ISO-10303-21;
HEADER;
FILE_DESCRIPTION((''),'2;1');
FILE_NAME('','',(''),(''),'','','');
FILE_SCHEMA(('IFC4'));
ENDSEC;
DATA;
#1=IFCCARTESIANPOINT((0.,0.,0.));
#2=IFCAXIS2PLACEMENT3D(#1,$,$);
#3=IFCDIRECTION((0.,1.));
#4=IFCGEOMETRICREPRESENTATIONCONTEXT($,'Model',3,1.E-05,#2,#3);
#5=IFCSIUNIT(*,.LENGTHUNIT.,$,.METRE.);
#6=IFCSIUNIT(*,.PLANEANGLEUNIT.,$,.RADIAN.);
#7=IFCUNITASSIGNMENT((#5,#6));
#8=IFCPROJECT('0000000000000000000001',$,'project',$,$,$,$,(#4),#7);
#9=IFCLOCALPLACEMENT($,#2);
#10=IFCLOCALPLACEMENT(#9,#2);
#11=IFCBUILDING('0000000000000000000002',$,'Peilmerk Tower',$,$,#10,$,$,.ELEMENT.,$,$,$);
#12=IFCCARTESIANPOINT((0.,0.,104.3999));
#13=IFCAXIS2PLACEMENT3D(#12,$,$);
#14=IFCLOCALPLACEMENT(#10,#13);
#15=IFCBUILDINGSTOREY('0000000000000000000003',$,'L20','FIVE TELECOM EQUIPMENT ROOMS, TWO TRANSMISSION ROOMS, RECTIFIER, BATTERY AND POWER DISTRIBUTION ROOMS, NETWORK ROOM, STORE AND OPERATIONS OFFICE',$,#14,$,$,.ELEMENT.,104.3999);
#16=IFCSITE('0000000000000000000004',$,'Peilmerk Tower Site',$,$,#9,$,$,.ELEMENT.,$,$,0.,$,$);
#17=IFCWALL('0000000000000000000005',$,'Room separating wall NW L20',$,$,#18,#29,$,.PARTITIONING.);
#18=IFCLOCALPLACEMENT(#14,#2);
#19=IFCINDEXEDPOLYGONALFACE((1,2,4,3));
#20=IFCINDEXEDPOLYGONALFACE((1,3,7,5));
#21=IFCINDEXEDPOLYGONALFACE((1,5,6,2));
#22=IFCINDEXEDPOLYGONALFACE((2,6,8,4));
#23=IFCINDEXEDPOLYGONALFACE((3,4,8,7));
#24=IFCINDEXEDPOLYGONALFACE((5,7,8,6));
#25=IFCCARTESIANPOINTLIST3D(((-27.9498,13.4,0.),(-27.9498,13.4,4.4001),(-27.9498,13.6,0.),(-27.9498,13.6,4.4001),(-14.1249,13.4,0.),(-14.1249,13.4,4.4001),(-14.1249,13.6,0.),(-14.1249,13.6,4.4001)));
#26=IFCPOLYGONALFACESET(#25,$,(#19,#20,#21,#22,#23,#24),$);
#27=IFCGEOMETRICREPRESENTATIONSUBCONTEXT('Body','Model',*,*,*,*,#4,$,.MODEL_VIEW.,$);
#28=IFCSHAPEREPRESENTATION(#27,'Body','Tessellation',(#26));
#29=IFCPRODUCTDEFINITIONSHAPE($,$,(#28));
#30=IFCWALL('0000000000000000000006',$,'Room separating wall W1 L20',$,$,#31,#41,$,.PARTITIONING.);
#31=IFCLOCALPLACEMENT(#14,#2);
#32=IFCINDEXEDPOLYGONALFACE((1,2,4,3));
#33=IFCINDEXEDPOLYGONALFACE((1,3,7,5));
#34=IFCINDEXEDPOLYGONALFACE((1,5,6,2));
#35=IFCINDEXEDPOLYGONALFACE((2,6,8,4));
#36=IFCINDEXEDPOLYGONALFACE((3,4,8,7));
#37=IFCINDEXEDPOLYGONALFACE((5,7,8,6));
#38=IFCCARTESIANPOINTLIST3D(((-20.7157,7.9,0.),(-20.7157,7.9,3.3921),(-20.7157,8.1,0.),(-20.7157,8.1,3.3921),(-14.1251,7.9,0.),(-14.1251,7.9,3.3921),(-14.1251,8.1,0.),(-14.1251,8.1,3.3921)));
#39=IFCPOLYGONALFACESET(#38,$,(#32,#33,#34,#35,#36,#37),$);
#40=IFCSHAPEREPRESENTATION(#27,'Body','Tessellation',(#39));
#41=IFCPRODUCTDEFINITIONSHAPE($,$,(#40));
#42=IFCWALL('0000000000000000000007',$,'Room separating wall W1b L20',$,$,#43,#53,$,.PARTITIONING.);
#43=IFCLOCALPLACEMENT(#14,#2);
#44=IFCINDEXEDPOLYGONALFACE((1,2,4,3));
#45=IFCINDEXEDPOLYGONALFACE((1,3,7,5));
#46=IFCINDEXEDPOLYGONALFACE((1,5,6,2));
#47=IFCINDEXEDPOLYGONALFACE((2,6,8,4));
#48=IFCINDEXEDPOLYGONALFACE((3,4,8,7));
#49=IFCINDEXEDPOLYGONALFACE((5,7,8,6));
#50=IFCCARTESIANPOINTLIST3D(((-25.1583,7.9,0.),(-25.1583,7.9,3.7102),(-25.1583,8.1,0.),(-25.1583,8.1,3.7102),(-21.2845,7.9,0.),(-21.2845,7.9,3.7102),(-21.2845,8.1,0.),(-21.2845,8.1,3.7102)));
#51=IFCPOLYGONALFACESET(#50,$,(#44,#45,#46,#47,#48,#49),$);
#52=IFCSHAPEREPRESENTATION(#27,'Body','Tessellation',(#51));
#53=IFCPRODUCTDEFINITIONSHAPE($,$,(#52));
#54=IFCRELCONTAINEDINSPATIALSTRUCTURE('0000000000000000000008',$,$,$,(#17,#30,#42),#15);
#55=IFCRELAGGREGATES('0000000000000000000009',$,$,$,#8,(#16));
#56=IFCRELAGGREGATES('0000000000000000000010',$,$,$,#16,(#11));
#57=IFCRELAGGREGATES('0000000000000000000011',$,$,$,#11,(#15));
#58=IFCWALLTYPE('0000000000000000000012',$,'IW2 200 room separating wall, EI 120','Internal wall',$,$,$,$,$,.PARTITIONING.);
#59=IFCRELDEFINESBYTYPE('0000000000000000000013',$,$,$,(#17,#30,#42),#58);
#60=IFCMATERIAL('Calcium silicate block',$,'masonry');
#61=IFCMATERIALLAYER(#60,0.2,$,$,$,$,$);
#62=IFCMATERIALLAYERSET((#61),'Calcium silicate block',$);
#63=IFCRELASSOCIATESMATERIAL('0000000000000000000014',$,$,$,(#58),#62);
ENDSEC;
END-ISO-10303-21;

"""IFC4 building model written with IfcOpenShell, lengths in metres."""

from ifc_helpers import new_model, si_unit, direction, frame, frame_2d, origin, place, context, subcontext, project, spatial, rectangle, extrude, material, layer, layer_set, type_object, element, save


model = new_model("IFC4")

# Units and contexts
model_context = context("Model", 3, precision=1e-05, world=origin(), true_north=direction((0.0, 1.0)))
body_context = subcontext(model_context, "Body", "Model", "MODEL_VIEW")
ifc_project = project(units=[si_unit("LENGTHUNIT", "METRE"), si_unit("PLANEANGLEUNIT", "RADIAN")], contexts=[model_context])

# Site, building, storey
site_placement = place(None, origin())
site = spatial("IfcSite", under=ifc_project, at=site_placement, Name="Peilmerk Tower Site", CompositionType="ELEMENT", RefElevation=0.0)
building_placement = place(site_placement, origin())
building = spatial("IfcBuilding", under=site, at=building_placement, Name="Peilmerk Tower", CompositionType="ELEMENT")
storey_placement = place(building_placement, frame((0.0, 0.0, 104.3999)))
storey = spatial("IfcBuildingStorey", under=building, at=storey_placement, Name="L20", Description="FIVE TELECOM EQUIPMENT ROOMS, TWO TRANSMISSION ROOMS, RECTIFIER, BATTERY AND POWER DISTRIBUTION ROOMS, NETWORK ROOM, STORE AND OPERATIONS OFFICE", CompositionType="ELEMENT", Elevation=104.3999)

# Shared definitions
ifc_material_1 = material(Name="Calcium silicate block", Category="masonry")

# Walls
ifc_layer_1 = layer(ifc_material_1, 0.2)
ifc_layer_set_1 = layer_set([ifc_layer_1], Name="Calcium silicate block")
wall_type_1 = type_object("IfcWallType", Name="IW2 200 room separating wall, EI 120", Description="Internal wall", PredefinedType="PARTITIONING", material=ifc_layer_set_1)
wall_1_placement = place(storey_placement, frame((-27.95, 13.5, 0.0), z_axis=(0.0, 0.0, 1.0), x_axis=(1.0, 0.0, 0.0)))
element("IfcWall", 1, at=wall_1_placement, inside=storey, type_object=wall_type_1, Name="Room separating wall NW L20", PredefinedType="PARTITIONING", context=body_context, shape_type="SweptSolid", body=[
    extrude(rectangle(XDim=13.825, YDim=0.2, at=frame_2d((6.9126, 0.0))), origin(), (0.0, 0.0, 1.0), 4.4001),
])
wall_2_placement = place(storey_placement, frame((-14.125, 8.0, 0.0), z_axis=(0.0, 0.0, 1.0), x_axis=(-1.0, 0.0, 0.0)))
element("IfcWall", 2, at=wall_2_placement, inside=storey, type_object=wall_type_1, Name="Room separating wall W1 L20", PredefinedType="PARTITIONING", context=body_context, shape_type="SweptSolid", body=[
    extrude(rectangle(XDim=6.5906, YDim=0.2, at=frame_2d((3.2954, 0.0))), origin(), (0.0, 0.0, 1.0), 3.3921),
])
wall_3_placement = place(storey_placement, frame((-21.2844, 8.0, 0.0), z_axis=(0.0, 0.0, 1.0), x_axis=(-1.0, 0.0, 0.0)))
element("IfcWall", 3, at=wall_3_placement, inside=storey, type_object=wall_type_1, Name="Room separating wall W1b L20", PredefinedType="PARTITIONING", context=body_context, shape_type="SweptSolid", body=[
    extrude(rectangle(XDim=3.8738, YDim=0.2, at=frame_2d((1.937, 0.0))), origin(), (0.0, 0.0, 1.0), 3.7102),
])

save(model, "model.ifc")
